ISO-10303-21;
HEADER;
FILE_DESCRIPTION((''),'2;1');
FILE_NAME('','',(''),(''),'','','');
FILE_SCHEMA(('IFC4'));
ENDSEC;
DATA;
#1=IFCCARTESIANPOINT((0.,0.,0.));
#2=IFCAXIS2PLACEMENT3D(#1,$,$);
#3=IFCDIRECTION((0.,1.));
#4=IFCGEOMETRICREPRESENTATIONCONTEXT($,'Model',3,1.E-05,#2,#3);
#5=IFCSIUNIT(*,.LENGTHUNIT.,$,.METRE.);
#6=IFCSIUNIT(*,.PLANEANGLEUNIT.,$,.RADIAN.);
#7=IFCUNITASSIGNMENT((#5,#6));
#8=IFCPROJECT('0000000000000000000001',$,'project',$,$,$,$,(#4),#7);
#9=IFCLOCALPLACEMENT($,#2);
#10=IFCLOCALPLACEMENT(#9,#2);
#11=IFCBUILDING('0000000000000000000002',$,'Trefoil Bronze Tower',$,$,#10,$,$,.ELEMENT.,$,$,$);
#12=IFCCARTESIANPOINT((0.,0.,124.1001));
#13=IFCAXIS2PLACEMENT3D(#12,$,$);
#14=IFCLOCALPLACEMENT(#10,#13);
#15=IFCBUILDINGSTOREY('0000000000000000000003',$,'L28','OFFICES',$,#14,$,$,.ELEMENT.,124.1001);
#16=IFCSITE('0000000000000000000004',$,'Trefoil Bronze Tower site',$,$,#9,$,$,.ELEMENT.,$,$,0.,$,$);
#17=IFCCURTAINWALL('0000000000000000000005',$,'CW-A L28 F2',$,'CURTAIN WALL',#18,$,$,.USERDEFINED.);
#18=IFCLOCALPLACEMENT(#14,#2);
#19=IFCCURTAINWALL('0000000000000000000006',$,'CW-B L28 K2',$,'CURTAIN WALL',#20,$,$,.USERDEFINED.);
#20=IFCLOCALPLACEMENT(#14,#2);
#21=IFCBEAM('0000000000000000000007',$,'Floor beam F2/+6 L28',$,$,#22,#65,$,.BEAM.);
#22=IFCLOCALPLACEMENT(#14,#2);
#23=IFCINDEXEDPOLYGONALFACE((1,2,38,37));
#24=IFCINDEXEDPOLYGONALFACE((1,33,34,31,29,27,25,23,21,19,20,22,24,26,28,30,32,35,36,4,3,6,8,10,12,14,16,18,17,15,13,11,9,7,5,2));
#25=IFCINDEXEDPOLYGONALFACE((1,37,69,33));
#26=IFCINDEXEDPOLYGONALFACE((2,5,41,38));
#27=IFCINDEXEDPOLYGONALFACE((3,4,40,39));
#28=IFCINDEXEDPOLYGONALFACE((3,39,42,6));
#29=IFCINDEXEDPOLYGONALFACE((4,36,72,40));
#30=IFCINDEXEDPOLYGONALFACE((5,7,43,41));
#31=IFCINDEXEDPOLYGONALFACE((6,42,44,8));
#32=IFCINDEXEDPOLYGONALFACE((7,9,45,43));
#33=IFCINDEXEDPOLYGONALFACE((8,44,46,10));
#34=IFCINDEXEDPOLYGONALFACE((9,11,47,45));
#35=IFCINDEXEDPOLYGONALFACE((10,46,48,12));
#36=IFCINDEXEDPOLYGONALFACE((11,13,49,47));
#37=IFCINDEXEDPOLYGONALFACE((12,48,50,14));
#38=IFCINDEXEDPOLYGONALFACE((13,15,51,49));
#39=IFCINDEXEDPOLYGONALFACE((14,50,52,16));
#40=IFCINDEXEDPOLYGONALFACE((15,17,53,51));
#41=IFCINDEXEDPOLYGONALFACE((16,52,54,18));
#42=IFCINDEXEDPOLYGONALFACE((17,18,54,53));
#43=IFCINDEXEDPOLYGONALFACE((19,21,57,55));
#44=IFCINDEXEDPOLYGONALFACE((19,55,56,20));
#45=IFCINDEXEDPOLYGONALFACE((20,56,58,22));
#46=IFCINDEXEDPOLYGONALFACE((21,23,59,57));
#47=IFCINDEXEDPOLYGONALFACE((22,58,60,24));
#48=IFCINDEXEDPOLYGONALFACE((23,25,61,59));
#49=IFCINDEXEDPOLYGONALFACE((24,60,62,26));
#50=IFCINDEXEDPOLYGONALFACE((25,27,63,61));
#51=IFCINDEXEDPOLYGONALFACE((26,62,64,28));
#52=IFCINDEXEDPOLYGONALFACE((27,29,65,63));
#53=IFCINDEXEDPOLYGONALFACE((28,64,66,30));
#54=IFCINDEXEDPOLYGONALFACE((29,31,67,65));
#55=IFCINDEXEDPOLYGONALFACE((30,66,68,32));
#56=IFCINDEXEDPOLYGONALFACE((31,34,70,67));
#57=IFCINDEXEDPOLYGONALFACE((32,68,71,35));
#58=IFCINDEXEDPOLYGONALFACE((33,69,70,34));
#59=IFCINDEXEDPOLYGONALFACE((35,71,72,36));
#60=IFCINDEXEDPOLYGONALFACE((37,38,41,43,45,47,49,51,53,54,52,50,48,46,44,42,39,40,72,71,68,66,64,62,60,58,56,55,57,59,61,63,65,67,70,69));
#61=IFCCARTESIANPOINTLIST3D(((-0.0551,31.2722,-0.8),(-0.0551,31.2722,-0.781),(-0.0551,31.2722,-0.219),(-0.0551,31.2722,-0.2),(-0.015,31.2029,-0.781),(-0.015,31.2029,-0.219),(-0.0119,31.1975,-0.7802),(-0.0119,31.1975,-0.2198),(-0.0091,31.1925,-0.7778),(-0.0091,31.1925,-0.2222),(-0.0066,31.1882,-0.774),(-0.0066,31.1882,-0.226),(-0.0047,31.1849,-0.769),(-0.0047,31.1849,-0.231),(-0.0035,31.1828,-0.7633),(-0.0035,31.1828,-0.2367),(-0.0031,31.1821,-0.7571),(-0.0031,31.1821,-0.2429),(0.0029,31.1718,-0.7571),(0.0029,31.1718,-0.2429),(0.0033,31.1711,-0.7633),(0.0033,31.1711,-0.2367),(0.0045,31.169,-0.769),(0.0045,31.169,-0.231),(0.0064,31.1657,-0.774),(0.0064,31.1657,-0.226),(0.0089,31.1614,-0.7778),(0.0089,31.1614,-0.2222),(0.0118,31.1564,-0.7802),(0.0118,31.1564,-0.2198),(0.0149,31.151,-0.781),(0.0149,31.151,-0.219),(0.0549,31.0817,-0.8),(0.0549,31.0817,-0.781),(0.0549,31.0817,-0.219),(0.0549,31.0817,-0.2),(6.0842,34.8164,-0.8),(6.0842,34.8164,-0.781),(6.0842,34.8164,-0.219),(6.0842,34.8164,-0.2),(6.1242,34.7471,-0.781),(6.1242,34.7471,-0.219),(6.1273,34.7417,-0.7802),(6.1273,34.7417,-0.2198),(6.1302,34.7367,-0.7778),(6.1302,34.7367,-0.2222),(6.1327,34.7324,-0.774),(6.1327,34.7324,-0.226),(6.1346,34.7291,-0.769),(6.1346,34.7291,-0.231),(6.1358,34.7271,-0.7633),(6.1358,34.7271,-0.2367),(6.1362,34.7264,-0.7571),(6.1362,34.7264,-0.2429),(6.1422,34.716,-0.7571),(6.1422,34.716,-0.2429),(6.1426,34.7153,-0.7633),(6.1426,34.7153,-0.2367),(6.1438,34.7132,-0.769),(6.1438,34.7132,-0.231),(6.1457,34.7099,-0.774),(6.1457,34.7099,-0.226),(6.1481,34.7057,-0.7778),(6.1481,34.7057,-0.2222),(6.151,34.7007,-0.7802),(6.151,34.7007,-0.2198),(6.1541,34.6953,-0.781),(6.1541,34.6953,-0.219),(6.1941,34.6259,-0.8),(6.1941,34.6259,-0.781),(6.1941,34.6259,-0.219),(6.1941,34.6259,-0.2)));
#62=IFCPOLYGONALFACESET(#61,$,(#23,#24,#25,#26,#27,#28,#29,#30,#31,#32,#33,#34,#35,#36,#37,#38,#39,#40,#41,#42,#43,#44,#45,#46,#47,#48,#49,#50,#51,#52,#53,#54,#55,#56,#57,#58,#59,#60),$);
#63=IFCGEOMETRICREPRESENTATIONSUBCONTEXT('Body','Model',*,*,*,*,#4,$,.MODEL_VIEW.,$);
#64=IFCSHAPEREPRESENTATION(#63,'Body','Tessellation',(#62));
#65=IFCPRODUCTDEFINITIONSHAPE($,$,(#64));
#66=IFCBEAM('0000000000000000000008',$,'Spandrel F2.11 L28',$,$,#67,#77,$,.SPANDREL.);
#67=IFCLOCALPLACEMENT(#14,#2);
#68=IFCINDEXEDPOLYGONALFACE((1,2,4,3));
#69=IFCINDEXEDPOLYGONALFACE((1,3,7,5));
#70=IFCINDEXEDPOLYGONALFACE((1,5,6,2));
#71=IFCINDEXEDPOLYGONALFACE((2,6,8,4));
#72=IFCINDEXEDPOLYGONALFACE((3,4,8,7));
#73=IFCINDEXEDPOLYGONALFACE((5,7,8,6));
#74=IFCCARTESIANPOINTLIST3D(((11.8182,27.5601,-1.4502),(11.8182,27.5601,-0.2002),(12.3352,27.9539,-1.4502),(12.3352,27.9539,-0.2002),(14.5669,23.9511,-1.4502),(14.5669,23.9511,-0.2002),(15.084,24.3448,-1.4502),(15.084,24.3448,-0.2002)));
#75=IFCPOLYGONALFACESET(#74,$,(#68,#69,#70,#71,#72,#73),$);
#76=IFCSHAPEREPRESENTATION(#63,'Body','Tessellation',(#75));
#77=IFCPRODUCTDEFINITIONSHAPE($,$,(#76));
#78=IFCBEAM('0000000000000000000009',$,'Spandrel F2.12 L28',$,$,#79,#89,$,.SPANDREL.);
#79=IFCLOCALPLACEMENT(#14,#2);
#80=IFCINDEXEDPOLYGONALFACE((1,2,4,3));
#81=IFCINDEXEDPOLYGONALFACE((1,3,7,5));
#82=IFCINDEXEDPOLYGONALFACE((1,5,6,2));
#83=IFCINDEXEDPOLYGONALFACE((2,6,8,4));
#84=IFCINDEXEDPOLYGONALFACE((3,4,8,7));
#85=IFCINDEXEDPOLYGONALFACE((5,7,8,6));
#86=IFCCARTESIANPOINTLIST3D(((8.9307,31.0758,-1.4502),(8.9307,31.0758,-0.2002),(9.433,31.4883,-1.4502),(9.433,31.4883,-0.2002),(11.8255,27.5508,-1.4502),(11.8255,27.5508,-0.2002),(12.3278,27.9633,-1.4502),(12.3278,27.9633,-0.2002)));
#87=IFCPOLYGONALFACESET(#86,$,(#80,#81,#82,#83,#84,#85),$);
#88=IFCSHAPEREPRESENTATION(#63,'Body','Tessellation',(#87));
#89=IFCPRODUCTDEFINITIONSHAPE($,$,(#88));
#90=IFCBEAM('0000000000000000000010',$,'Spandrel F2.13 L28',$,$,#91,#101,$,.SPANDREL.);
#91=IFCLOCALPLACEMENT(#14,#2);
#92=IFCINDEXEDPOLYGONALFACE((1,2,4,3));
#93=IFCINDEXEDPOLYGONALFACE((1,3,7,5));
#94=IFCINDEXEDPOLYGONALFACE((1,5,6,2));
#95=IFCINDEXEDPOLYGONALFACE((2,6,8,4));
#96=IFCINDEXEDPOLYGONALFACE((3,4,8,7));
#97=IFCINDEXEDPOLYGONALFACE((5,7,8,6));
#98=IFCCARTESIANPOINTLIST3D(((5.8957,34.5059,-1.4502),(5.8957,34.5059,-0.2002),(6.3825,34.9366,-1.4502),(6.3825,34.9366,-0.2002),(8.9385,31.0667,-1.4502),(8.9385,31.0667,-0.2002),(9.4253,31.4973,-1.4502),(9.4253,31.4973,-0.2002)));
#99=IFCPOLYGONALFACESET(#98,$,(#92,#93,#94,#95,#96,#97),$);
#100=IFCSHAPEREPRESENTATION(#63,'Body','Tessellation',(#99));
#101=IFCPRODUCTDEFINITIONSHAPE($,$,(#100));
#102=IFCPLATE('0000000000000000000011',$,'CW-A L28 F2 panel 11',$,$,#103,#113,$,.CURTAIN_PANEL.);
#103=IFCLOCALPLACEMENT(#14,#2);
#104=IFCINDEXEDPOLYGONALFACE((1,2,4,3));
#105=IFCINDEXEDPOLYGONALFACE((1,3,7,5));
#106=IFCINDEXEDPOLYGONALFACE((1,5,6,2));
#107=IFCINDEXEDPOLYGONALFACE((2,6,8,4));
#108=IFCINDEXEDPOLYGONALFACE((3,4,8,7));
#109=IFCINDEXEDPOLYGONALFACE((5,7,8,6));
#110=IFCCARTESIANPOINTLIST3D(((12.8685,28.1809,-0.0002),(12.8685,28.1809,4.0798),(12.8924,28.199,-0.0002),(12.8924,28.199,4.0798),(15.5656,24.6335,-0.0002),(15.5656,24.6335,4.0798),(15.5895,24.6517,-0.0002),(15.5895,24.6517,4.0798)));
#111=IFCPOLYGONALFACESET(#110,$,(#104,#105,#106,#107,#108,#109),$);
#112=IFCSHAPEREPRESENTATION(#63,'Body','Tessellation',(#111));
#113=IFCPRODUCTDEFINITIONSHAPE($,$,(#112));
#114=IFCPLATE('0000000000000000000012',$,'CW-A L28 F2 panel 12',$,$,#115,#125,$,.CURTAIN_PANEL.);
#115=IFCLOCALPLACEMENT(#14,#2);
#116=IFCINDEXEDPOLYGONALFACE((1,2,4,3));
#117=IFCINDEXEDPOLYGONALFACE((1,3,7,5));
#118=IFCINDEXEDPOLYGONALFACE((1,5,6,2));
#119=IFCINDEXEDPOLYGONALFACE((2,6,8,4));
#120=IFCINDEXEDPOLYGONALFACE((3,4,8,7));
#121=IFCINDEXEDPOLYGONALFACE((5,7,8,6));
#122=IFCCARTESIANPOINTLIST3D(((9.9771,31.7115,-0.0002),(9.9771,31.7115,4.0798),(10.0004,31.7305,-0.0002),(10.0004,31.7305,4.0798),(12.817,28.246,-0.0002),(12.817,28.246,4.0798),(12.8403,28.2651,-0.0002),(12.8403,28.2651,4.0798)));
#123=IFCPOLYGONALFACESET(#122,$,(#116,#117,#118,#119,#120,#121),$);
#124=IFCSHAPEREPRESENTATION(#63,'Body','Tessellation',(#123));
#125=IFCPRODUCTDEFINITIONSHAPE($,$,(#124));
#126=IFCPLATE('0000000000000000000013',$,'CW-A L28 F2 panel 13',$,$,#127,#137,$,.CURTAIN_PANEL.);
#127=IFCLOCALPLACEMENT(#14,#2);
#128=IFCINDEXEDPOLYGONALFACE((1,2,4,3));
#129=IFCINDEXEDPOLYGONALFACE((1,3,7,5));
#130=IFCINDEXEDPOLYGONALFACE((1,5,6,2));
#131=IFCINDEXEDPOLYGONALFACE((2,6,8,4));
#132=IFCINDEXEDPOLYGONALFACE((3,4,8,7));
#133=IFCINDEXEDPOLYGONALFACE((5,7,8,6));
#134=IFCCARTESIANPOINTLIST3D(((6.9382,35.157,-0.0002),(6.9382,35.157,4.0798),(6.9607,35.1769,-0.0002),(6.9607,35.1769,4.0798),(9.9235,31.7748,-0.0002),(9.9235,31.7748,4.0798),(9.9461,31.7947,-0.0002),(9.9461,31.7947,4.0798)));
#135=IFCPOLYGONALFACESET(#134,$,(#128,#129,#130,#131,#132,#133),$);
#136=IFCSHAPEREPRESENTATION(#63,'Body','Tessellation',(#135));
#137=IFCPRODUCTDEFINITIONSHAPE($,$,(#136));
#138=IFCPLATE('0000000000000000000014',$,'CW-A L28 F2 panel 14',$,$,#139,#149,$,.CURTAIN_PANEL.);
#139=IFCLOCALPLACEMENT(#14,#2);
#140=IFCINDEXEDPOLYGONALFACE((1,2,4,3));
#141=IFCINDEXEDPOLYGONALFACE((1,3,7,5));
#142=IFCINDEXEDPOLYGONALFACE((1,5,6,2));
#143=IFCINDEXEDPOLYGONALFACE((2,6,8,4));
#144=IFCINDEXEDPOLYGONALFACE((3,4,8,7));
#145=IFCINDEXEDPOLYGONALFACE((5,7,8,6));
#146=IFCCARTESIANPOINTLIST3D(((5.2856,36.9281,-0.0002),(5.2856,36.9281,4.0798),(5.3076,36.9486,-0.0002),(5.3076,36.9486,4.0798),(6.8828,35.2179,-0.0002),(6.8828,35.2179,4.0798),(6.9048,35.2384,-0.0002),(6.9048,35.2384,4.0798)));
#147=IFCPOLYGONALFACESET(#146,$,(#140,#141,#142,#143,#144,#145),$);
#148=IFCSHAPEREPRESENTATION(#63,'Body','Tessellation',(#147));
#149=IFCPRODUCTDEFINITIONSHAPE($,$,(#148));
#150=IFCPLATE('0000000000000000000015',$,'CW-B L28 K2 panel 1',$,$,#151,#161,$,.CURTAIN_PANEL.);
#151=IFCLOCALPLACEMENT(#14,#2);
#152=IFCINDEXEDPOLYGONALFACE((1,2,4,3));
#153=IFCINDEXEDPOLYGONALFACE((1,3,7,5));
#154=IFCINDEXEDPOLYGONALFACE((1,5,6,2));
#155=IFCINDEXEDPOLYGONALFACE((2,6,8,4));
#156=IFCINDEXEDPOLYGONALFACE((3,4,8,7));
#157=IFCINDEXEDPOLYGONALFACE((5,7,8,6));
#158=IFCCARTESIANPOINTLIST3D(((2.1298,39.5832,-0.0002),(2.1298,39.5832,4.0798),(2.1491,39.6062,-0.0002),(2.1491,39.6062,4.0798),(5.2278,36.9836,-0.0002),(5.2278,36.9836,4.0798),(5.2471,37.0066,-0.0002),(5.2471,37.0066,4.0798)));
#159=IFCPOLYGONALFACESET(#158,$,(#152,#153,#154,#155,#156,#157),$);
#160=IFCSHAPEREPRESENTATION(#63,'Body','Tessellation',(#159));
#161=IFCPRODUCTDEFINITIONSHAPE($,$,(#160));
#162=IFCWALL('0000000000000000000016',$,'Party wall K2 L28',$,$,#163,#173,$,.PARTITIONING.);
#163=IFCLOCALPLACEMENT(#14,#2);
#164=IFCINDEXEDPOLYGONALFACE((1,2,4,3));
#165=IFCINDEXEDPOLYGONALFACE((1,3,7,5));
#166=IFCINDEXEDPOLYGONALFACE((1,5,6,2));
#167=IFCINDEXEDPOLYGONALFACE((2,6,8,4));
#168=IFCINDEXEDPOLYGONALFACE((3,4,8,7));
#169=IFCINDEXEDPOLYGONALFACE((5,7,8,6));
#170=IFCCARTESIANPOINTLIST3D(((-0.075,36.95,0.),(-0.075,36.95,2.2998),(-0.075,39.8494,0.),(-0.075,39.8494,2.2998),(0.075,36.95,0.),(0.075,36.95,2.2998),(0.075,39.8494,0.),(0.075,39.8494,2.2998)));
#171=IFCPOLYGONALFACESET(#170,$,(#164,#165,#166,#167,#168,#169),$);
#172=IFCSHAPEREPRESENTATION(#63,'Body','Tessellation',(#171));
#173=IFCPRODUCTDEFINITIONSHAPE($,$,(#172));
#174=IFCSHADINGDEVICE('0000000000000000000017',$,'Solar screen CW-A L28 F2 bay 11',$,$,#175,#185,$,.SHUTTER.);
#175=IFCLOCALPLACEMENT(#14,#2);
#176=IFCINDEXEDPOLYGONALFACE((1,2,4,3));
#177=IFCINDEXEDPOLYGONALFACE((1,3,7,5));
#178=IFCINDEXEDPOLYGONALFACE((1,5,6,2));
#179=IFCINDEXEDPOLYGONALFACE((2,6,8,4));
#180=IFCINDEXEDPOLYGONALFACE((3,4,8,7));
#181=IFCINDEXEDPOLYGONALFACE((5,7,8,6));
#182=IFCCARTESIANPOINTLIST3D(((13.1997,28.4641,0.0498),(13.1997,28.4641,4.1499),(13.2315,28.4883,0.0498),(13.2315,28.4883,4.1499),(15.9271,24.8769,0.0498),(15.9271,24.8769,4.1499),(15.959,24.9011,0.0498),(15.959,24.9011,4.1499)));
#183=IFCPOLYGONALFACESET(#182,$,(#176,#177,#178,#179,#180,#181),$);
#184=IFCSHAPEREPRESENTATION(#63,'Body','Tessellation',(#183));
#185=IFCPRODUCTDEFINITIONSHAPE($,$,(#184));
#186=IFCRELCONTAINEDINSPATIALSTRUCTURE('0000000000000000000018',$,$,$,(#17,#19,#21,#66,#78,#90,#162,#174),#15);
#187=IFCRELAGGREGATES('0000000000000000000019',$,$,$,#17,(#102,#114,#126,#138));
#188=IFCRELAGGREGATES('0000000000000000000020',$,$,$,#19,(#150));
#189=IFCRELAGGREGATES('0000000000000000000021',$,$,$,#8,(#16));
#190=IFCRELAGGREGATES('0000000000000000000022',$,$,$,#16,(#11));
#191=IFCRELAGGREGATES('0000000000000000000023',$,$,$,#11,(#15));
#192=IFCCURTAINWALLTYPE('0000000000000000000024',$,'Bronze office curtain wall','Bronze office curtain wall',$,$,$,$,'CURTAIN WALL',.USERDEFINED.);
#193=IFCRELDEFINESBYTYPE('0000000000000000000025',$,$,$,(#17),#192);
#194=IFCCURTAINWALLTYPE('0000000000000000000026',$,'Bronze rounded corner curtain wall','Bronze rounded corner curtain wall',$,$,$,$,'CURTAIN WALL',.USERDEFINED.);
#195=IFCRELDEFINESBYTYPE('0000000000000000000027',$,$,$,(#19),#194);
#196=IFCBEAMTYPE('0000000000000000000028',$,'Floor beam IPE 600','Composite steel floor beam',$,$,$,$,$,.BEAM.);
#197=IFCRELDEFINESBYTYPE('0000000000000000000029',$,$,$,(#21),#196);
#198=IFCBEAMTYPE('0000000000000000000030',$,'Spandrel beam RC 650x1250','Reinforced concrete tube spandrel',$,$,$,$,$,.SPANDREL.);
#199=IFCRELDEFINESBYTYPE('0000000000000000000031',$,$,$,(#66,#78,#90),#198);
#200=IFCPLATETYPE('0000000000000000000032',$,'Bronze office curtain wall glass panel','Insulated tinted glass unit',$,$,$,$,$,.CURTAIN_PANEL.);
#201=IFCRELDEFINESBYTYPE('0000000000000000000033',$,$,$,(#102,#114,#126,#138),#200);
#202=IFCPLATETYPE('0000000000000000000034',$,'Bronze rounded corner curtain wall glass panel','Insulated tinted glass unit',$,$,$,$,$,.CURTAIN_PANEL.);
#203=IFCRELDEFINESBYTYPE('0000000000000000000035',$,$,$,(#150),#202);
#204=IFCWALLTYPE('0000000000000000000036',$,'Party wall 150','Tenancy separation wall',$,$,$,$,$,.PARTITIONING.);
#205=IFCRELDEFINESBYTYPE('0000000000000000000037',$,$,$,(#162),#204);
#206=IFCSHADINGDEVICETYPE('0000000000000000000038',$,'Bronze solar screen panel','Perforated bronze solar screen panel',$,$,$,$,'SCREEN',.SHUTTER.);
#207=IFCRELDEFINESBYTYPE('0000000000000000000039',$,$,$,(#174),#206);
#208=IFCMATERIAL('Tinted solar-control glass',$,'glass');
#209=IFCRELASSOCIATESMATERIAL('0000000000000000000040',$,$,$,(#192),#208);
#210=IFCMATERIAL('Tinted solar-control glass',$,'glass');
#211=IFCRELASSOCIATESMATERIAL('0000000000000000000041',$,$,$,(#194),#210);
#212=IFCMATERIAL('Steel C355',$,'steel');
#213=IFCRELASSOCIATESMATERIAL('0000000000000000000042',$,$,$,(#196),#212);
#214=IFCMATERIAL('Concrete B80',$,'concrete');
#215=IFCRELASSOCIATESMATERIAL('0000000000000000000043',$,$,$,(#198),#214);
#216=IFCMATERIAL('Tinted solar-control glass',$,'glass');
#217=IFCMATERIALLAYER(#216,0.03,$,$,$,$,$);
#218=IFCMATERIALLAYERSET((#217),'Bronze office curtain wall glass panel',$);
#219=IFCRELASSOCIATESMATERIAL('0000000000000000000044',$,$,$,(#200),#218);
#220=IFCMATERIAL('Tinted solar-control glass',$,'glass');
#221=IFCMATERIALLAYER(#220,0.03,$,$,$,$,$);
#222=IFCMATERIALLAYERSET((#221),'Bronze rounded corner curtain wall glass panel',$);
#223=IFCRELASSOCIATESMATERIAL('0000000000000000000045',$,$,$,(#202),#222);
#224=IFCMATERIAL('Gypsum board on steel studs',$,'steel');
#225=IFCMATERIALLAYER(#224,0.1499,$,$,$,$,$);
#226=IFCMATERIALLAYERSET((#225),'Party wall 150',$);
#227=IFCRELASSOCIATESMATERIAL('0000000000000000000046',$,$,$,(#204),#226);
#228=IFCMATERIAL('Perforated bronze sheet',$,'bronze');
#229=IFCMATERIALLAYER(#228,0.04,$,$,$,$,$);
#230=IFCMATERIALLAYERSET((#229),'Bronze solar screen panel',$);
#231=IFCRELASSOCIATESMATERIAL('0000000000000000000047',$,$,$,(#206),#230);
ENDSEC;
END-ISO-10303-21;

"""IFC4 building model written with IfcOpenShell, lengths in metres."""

from ifc_helpers import new_model, si_unit, direction, frame, frame_2d, origin, origin_2d, place, context, subcontext, project, spatial, rectangle, i_section, extrude, material, layer, layer_set, material_profile, profile_set, type_object, element, aggregate, save


model = new_model("IFC4")

# Units and contexts
model_context = context("Model", 3, precision=1e-05, world=origin(), true_north=direction((0.0, 1.0)))
body_context = subcontext(model_context, "Body", "Model", "MODEL_VIEW")
ifc_project = project(units=[si_unit("LENGTHUNIT", "METRE"), si_unit("PLANEANGLEUNIT", "RADIAN")], contexts=[model_context])

# Site, building, storey
site_placement = place(None, origin())
site = spatial("IfcSite", under=ifc_project, at=site_placement, Name="Trefoil Bronze Tower site", CompositionType="ELEMENT", RefElevation=0.0)
building_placement = place(site_placement, origin())
building = spatial("IfcBuilding", under=site, at=building_placement, Name="Trefoil Bronze Tower", CompositionType="ELEMENT")
storey_placement = place(building_placement, frame((0.0, 0.0, 124.1001)))
storey = spatial("IfcBuildingStorey", under=building, at=storey_placement, Name="L28", Description="OFFICES", CompositionType="ELEMENT", Elevation=124.1001)

# Curtain walls
ifc_material_1 = material(Name="Tinted solar-control glass", Category="glass")
curtain_wall_type_1 = type_object("IfcCurtainWallType", Name="Bronze office curtain wall", Description="Bronze office curtain wall", ElementType="CURTAIN WALL", PredefinedType="USERDEFINED", material=ifc_material_1)
curtain_wall_1_placement = place(storey_placement, origin())
curtain_wall_1 = element("IfcCurtainWall", 1, at=curtain_wall_1_placement, inside=storey, type_object=curtain_wall_type_1, Name="CW-A L28 F2", ObjectType="CURTAIN WALL", PredefinedType="USERDEFINED")
ifc_material_2 = material(Name="Tinted solar-control glass", Category="glass")
curtain_wall_type_2 = type_object("IfcCurtainWallType", Name="Bronze rounded corner curtain wall", Description="Bronze rounded corner curtain wall", ElementType="CURTAIN WALL", PredefinedType="USERDEFINED", material=ifc_material_2)
curtain_wall_2_placement = place(storey_placement, origin())
curtain_wall_2 = element("IfcCurtainWall", 2, at=curtain_wall_2_placement, inside=storey, type_object=curtain_wall_type_2, Name="CW-B L28 K2", ObjectType="CURTAIN WALL", PredefinedType="USERDEFINED")

# Beams
ifc_material_3 = material(Name="Steel C355", Category="steel")
ifc_material_profile_1 = material_profile(ifc_material_3, i_section(OverallWidth=0.22, OverallDepth=0.6001, WebThickness=0.012, FlangeThickness=0.019, FilletRadius=0.0239, at=origin_2d()), Name="IPE 600")
ifc_profile_set_1 = profile_set([ifc_material_profile_1], Name="Steel C355")
beam_type_1 = type_object("IfcBeamType", Name="Floor beam IPE 600", Description="Composite steel floor beam", PredefinedType="BEAM", material=ifc_profile_set_1)
beam_1_placement = place(storey_placement, frame((6.1392, 34.7212, -0.5), z_axis=(-0.866041, -0.499973, 0.0), x_axis=(0.499973, -0.866041, 0.0)))
element("IfcBeam", 3, at=beam_1_placement, inside=storey, type_object=beam_type_1, Name="Floor beam F2/+6 L28", PredefinedType="BEAM", context=body_context, shape_type="SweptSolid", body=[
    extrude(i_section(OverallWidth=0.22, OverallDepth=0.6001, WebThickness=0.012, FlangeThickness=0.019, FilletRadius=0.0239, at=origin_2d()), origin(), (0.0, 0.0, 1.0), 7.0889),
])
ifc_material_4 = material(Name="Concrete B80", Category="concrete")
ifc_material_profile_2 = material_profile(ifc_material_4, rectangle(XDim=0.6499, YDim=1.25, at=origin_2d()), Name="RC 650x1250")
ifc_profile_set_2 = profile_set([ifc_material_profile_2], Name="Concrete B80")
beam_type_2 = type_object("IfcBeamType", Name="Spandrel beam RC 650x1250", Description="Reinforced concrete tube spandrel", PredefinedType="SPANDREL", material=ifc_profile_set_2)
beam_2_placement = place(storey_placement, frame((14.8254, 24.1479, -0.8252), z_axis=(-0.605899, 0.795542, 0.0), x_axis=(-0.795542, -0.605899, 0.0)))
element("IfcBeam", 4, at=beam_2_placement, inside=storey, type_object=beam_type_2, Name="Spandrel F2.11 L28", PredefinedType="SPANDREL", context=body_context, shape_type="SweptSolid", body=[
    extrude(rectangle(XDim=0.6499, YDim=1.25, at=origin_2d()), origin(), (0.0, 0.0, 1.0), 4.5366),
])
beam_3_placement = place(storey_placement, frame((12.0767, 27.7571, -0.8252), z_axis=(-0.63465, 0.772799, 0.0), x_axis=(-0.772799, -0.63465, 0.0)))
element("IfcBeam", 5, at=beam_3_placement, inside=storey, type_object=beam_type_2, Name="Spandrel F2.12 L28", PredefinedType="SPANDREL", context=body_context, shape_type="SweptSolid", body=[
    extrude(rectangle(XDim=0.6499, YDim=1.25, at=origin_2d()), origin(), (0.0, 0.0, 1.0), 4.5613),
])
beam_4_placement = place(storey_placement, frame((9.1819, 31.282, -0.8252), z_axis=(-0.662616, 0.748959, 0.0), x_axis=(-0.748959, -0.662616, 0.0)))
element("IfcBeam", 6, at=beam_4_placement, inside=storey, type_object=beam_type_2, Name="Spandrel F2.13 L28", PredefinedType="SPANDREL", context=body_context, shape_type="SweptSolid", body=[
    extrude(rectangle(XDim=0.6499, YDim=1.25, at=origin_2d()), origin(), (0.0, 0.0, 1.0), 4.592),
])

# Plates
ifc_material_5 = material(Name="Tinted solar-control glass", Category="glass")
ifc_layer_1 = layer(ifc_material_5, 0.03)
ifc_layer_set_1 = layer_set([ifc_layer_1], Name="Bronze office curtain wall glass panel")
plate_type_1 = type_object("IfcPlateType", Name="Bronze office curtain wall glass panel", Description="Insulated tinted glass unit", PredefinedType="CURTAIN_PANEL", material=ifc_layer_set_1)
plate_1_placement = place(storey_placement, frame((14.229, 26.4163, -0.0002), z_axis=(0.0, 0.0, 1.0), x_axis=(-0.605252, 0.796034, 0.0)))
plate_1 = element("IfcPlate", 7, at=plate_1_placement, type_object=plate_type_1, Name="CW-A L28 F2 panel 11", PredefinedType="CURTAIN_PANEL", context=body_context, shape_type="SweptSolid", body=[
    extrude(rectangle(XDim=4.4563, YDim=0.03, at=origin_2d()), origin(), (0.0, 0.0, 1.0), 4.0801),
])
plate_2_placement = place(storey_placement, frame((11.4087, 29.9883, -0.0002), z_axis=(0.0, 0.0, 1.0), x_axis=(-0.63384, 0.773464, 0.0)))
plate_2 = element("IfcPlate", 8, at=plate_2_placement, type_object=plate_type_1, Name="CW-A L28 F2 panel 12", PredefinedType="CURTAIN_PANEL", context=body_context, shape_type="SweptSolid", body=[
    extrude(rectangle(XDim=4.4805, YDim=0.03, at=origin_2d()), origin(), (0.0, 0.0, 1.0), 4.0801),
])
plate_3_placement = place(storey_placement, frame((8.4421, 33.4758, -0.0002), z_axis=(0.0, 0.0, 1.0), x_axis=(-0.661751, 0.749723, 0.0)))
plate_3 = element("IfcPlate", 9, at=plate_3_placement, type_object=plate_type_1, Name="CW-A L28 F2 panel 13", PredefinedType="CURTAIN_PANEL", context=body_context, shape_type="SweptSolid", body=[
    extrude(rectangle(XDim=4.5112, YDim=0.03, at=origin_2d()), origin(), (0.0, 0.0, 1.0), 4.0801),
])
plate_4_placement = place(storey_placement, frame((6.0952, 36.0833, -0.0002), z_axis=(0.0, 0.0, 1.0), x_axis=(-0.682536, 0.730852, 0.0)))
plate_4 = element("IfcPlate", 10, at=plate_4_placement, type_object=plate_type_1, Name="CW-A L28 F2 panel 14", PredefinedType="CURTAIN_PANEL", context=body_context, shape_type="SweptSolid", body=[
    extrude(rectangle(XDim=2.3401, YDim=0.03, at=origin_2d()), origin(), (0.0, 0.0, 1.0), 4.0801),
])
aggregate(curtain_wall_1, [plate_1, plate_2, plate_3, plate_4])
ifc_material_6 = material(Name="Tinted solar-control glass", Category="glass")
ifc_layer_2 = layer(ifc_material_6, 0.03)
ifc_layer_set_2 = layer_set([ifc_layer_2], Name="Bronze rounded corner curtain wall glass panel")
plate_type_2 = type_object("IfcPlateType", Name="Bronze rounded corner curtain wall glass panel", Description="Insulated tinted glass unit", PredefinedType="CURTAIN_PANEL", material=ifc_layer_set_2)
plate_5_placement = place(storey_placement, frame((3.6885, 38.2949, -0.0002), z_axis=(0.0, 0.0, 1.0), x_axis=(-0.766044, 0.642788, 0.0)))
plate_5 = element("IfcPlate", 11, at=plate_5_placement, type_object=plate_type_2, Name="CW-B L28 K2 panel 1", PredefinedType="CURTAIN_PANEL", context=body_context, shape_type="SweptSolid", body=[
    extrude(rectangle(XDim=4.0442, YDim=0.03, at=origin_2d()), origin(), (0.0, 0.0, 1.0), 4.0801),
])
aggregate(curtain_wall_2, [plate_5])

# Wall
ifc_material_7 = material(Name="Gypsum board on steel studs", Category="steel")
ifc_layer_3 = layer(ifc_material_7, 0.1499)
ifc_layer_set_3 = layer_set([ifc_layer_3], Name="Party wall 150")
wall_type = type_object("IfcWallType", Name="Party wall 150", Description="Tenancy separation wall", PredefinedType="PARTITIONING", material=ifc_layer_set_3)
wall_placement = place(storey_placement, frame((0.0, 36.95, 0.0), z_axis=(0.0, 0.0, 1.0), x_axis=(0.0, 1.0, 0.0)))
element("IfcWall", 12, at=wall_placement, inside=storey, type_object=wall_type, Name="Party wall K2 L28", PredefinedType="PARTITIONING", context=body_context, shape_type="SweptSolid", body=[
    extrude(rectangle(XDim=2.8994, YDim=0.1499, at=frame_2d((1.4497, 0.0))), origin(), (0.0, 0.0, 1.0), 2.2998),
])

# Shading device
ifc_material_8 = material(Name="Perforated bronze sheet", Category="bronze")
ifc_layer_4 = layer(ifc_material_8, 0.04)
ifc_layer_set_4 = layer_set([ifc_layer_4], Name="Bronze solar screen panel")
shading_device_type = type_object("IfcShadingDeviceType", Name="Bronze solar screen panel", Description="Perforated bronze solar screen panel", ElementType="SCREEN", PredefinedType="SHUTTER", material=ifc_layer_set_4)
shading_device_1_placement = place(storey_placement, frame((14.5793, 26.6826, 0.0498), z_axis=(0.0, 0.0, 1.0), x_axis=(-0.605252, 0.796034, 0.0)))
element("IfcShadingDevice", 13, at=shading_device_1_placement, inside=storey, type_object=shading_device_type, Name="Solar screen CW-A L28 F2 bay 11", PredefinedType="SHUTTER", context=body_context, shape_type="SweptSolid", body=[
    extrude(rectangle(XDim=4.5063, YDim=0.04, at=origin_2d()), origin(), (0.0, 0.0, 1.0), 4.1001),
])

save(model, "model.ifc")
